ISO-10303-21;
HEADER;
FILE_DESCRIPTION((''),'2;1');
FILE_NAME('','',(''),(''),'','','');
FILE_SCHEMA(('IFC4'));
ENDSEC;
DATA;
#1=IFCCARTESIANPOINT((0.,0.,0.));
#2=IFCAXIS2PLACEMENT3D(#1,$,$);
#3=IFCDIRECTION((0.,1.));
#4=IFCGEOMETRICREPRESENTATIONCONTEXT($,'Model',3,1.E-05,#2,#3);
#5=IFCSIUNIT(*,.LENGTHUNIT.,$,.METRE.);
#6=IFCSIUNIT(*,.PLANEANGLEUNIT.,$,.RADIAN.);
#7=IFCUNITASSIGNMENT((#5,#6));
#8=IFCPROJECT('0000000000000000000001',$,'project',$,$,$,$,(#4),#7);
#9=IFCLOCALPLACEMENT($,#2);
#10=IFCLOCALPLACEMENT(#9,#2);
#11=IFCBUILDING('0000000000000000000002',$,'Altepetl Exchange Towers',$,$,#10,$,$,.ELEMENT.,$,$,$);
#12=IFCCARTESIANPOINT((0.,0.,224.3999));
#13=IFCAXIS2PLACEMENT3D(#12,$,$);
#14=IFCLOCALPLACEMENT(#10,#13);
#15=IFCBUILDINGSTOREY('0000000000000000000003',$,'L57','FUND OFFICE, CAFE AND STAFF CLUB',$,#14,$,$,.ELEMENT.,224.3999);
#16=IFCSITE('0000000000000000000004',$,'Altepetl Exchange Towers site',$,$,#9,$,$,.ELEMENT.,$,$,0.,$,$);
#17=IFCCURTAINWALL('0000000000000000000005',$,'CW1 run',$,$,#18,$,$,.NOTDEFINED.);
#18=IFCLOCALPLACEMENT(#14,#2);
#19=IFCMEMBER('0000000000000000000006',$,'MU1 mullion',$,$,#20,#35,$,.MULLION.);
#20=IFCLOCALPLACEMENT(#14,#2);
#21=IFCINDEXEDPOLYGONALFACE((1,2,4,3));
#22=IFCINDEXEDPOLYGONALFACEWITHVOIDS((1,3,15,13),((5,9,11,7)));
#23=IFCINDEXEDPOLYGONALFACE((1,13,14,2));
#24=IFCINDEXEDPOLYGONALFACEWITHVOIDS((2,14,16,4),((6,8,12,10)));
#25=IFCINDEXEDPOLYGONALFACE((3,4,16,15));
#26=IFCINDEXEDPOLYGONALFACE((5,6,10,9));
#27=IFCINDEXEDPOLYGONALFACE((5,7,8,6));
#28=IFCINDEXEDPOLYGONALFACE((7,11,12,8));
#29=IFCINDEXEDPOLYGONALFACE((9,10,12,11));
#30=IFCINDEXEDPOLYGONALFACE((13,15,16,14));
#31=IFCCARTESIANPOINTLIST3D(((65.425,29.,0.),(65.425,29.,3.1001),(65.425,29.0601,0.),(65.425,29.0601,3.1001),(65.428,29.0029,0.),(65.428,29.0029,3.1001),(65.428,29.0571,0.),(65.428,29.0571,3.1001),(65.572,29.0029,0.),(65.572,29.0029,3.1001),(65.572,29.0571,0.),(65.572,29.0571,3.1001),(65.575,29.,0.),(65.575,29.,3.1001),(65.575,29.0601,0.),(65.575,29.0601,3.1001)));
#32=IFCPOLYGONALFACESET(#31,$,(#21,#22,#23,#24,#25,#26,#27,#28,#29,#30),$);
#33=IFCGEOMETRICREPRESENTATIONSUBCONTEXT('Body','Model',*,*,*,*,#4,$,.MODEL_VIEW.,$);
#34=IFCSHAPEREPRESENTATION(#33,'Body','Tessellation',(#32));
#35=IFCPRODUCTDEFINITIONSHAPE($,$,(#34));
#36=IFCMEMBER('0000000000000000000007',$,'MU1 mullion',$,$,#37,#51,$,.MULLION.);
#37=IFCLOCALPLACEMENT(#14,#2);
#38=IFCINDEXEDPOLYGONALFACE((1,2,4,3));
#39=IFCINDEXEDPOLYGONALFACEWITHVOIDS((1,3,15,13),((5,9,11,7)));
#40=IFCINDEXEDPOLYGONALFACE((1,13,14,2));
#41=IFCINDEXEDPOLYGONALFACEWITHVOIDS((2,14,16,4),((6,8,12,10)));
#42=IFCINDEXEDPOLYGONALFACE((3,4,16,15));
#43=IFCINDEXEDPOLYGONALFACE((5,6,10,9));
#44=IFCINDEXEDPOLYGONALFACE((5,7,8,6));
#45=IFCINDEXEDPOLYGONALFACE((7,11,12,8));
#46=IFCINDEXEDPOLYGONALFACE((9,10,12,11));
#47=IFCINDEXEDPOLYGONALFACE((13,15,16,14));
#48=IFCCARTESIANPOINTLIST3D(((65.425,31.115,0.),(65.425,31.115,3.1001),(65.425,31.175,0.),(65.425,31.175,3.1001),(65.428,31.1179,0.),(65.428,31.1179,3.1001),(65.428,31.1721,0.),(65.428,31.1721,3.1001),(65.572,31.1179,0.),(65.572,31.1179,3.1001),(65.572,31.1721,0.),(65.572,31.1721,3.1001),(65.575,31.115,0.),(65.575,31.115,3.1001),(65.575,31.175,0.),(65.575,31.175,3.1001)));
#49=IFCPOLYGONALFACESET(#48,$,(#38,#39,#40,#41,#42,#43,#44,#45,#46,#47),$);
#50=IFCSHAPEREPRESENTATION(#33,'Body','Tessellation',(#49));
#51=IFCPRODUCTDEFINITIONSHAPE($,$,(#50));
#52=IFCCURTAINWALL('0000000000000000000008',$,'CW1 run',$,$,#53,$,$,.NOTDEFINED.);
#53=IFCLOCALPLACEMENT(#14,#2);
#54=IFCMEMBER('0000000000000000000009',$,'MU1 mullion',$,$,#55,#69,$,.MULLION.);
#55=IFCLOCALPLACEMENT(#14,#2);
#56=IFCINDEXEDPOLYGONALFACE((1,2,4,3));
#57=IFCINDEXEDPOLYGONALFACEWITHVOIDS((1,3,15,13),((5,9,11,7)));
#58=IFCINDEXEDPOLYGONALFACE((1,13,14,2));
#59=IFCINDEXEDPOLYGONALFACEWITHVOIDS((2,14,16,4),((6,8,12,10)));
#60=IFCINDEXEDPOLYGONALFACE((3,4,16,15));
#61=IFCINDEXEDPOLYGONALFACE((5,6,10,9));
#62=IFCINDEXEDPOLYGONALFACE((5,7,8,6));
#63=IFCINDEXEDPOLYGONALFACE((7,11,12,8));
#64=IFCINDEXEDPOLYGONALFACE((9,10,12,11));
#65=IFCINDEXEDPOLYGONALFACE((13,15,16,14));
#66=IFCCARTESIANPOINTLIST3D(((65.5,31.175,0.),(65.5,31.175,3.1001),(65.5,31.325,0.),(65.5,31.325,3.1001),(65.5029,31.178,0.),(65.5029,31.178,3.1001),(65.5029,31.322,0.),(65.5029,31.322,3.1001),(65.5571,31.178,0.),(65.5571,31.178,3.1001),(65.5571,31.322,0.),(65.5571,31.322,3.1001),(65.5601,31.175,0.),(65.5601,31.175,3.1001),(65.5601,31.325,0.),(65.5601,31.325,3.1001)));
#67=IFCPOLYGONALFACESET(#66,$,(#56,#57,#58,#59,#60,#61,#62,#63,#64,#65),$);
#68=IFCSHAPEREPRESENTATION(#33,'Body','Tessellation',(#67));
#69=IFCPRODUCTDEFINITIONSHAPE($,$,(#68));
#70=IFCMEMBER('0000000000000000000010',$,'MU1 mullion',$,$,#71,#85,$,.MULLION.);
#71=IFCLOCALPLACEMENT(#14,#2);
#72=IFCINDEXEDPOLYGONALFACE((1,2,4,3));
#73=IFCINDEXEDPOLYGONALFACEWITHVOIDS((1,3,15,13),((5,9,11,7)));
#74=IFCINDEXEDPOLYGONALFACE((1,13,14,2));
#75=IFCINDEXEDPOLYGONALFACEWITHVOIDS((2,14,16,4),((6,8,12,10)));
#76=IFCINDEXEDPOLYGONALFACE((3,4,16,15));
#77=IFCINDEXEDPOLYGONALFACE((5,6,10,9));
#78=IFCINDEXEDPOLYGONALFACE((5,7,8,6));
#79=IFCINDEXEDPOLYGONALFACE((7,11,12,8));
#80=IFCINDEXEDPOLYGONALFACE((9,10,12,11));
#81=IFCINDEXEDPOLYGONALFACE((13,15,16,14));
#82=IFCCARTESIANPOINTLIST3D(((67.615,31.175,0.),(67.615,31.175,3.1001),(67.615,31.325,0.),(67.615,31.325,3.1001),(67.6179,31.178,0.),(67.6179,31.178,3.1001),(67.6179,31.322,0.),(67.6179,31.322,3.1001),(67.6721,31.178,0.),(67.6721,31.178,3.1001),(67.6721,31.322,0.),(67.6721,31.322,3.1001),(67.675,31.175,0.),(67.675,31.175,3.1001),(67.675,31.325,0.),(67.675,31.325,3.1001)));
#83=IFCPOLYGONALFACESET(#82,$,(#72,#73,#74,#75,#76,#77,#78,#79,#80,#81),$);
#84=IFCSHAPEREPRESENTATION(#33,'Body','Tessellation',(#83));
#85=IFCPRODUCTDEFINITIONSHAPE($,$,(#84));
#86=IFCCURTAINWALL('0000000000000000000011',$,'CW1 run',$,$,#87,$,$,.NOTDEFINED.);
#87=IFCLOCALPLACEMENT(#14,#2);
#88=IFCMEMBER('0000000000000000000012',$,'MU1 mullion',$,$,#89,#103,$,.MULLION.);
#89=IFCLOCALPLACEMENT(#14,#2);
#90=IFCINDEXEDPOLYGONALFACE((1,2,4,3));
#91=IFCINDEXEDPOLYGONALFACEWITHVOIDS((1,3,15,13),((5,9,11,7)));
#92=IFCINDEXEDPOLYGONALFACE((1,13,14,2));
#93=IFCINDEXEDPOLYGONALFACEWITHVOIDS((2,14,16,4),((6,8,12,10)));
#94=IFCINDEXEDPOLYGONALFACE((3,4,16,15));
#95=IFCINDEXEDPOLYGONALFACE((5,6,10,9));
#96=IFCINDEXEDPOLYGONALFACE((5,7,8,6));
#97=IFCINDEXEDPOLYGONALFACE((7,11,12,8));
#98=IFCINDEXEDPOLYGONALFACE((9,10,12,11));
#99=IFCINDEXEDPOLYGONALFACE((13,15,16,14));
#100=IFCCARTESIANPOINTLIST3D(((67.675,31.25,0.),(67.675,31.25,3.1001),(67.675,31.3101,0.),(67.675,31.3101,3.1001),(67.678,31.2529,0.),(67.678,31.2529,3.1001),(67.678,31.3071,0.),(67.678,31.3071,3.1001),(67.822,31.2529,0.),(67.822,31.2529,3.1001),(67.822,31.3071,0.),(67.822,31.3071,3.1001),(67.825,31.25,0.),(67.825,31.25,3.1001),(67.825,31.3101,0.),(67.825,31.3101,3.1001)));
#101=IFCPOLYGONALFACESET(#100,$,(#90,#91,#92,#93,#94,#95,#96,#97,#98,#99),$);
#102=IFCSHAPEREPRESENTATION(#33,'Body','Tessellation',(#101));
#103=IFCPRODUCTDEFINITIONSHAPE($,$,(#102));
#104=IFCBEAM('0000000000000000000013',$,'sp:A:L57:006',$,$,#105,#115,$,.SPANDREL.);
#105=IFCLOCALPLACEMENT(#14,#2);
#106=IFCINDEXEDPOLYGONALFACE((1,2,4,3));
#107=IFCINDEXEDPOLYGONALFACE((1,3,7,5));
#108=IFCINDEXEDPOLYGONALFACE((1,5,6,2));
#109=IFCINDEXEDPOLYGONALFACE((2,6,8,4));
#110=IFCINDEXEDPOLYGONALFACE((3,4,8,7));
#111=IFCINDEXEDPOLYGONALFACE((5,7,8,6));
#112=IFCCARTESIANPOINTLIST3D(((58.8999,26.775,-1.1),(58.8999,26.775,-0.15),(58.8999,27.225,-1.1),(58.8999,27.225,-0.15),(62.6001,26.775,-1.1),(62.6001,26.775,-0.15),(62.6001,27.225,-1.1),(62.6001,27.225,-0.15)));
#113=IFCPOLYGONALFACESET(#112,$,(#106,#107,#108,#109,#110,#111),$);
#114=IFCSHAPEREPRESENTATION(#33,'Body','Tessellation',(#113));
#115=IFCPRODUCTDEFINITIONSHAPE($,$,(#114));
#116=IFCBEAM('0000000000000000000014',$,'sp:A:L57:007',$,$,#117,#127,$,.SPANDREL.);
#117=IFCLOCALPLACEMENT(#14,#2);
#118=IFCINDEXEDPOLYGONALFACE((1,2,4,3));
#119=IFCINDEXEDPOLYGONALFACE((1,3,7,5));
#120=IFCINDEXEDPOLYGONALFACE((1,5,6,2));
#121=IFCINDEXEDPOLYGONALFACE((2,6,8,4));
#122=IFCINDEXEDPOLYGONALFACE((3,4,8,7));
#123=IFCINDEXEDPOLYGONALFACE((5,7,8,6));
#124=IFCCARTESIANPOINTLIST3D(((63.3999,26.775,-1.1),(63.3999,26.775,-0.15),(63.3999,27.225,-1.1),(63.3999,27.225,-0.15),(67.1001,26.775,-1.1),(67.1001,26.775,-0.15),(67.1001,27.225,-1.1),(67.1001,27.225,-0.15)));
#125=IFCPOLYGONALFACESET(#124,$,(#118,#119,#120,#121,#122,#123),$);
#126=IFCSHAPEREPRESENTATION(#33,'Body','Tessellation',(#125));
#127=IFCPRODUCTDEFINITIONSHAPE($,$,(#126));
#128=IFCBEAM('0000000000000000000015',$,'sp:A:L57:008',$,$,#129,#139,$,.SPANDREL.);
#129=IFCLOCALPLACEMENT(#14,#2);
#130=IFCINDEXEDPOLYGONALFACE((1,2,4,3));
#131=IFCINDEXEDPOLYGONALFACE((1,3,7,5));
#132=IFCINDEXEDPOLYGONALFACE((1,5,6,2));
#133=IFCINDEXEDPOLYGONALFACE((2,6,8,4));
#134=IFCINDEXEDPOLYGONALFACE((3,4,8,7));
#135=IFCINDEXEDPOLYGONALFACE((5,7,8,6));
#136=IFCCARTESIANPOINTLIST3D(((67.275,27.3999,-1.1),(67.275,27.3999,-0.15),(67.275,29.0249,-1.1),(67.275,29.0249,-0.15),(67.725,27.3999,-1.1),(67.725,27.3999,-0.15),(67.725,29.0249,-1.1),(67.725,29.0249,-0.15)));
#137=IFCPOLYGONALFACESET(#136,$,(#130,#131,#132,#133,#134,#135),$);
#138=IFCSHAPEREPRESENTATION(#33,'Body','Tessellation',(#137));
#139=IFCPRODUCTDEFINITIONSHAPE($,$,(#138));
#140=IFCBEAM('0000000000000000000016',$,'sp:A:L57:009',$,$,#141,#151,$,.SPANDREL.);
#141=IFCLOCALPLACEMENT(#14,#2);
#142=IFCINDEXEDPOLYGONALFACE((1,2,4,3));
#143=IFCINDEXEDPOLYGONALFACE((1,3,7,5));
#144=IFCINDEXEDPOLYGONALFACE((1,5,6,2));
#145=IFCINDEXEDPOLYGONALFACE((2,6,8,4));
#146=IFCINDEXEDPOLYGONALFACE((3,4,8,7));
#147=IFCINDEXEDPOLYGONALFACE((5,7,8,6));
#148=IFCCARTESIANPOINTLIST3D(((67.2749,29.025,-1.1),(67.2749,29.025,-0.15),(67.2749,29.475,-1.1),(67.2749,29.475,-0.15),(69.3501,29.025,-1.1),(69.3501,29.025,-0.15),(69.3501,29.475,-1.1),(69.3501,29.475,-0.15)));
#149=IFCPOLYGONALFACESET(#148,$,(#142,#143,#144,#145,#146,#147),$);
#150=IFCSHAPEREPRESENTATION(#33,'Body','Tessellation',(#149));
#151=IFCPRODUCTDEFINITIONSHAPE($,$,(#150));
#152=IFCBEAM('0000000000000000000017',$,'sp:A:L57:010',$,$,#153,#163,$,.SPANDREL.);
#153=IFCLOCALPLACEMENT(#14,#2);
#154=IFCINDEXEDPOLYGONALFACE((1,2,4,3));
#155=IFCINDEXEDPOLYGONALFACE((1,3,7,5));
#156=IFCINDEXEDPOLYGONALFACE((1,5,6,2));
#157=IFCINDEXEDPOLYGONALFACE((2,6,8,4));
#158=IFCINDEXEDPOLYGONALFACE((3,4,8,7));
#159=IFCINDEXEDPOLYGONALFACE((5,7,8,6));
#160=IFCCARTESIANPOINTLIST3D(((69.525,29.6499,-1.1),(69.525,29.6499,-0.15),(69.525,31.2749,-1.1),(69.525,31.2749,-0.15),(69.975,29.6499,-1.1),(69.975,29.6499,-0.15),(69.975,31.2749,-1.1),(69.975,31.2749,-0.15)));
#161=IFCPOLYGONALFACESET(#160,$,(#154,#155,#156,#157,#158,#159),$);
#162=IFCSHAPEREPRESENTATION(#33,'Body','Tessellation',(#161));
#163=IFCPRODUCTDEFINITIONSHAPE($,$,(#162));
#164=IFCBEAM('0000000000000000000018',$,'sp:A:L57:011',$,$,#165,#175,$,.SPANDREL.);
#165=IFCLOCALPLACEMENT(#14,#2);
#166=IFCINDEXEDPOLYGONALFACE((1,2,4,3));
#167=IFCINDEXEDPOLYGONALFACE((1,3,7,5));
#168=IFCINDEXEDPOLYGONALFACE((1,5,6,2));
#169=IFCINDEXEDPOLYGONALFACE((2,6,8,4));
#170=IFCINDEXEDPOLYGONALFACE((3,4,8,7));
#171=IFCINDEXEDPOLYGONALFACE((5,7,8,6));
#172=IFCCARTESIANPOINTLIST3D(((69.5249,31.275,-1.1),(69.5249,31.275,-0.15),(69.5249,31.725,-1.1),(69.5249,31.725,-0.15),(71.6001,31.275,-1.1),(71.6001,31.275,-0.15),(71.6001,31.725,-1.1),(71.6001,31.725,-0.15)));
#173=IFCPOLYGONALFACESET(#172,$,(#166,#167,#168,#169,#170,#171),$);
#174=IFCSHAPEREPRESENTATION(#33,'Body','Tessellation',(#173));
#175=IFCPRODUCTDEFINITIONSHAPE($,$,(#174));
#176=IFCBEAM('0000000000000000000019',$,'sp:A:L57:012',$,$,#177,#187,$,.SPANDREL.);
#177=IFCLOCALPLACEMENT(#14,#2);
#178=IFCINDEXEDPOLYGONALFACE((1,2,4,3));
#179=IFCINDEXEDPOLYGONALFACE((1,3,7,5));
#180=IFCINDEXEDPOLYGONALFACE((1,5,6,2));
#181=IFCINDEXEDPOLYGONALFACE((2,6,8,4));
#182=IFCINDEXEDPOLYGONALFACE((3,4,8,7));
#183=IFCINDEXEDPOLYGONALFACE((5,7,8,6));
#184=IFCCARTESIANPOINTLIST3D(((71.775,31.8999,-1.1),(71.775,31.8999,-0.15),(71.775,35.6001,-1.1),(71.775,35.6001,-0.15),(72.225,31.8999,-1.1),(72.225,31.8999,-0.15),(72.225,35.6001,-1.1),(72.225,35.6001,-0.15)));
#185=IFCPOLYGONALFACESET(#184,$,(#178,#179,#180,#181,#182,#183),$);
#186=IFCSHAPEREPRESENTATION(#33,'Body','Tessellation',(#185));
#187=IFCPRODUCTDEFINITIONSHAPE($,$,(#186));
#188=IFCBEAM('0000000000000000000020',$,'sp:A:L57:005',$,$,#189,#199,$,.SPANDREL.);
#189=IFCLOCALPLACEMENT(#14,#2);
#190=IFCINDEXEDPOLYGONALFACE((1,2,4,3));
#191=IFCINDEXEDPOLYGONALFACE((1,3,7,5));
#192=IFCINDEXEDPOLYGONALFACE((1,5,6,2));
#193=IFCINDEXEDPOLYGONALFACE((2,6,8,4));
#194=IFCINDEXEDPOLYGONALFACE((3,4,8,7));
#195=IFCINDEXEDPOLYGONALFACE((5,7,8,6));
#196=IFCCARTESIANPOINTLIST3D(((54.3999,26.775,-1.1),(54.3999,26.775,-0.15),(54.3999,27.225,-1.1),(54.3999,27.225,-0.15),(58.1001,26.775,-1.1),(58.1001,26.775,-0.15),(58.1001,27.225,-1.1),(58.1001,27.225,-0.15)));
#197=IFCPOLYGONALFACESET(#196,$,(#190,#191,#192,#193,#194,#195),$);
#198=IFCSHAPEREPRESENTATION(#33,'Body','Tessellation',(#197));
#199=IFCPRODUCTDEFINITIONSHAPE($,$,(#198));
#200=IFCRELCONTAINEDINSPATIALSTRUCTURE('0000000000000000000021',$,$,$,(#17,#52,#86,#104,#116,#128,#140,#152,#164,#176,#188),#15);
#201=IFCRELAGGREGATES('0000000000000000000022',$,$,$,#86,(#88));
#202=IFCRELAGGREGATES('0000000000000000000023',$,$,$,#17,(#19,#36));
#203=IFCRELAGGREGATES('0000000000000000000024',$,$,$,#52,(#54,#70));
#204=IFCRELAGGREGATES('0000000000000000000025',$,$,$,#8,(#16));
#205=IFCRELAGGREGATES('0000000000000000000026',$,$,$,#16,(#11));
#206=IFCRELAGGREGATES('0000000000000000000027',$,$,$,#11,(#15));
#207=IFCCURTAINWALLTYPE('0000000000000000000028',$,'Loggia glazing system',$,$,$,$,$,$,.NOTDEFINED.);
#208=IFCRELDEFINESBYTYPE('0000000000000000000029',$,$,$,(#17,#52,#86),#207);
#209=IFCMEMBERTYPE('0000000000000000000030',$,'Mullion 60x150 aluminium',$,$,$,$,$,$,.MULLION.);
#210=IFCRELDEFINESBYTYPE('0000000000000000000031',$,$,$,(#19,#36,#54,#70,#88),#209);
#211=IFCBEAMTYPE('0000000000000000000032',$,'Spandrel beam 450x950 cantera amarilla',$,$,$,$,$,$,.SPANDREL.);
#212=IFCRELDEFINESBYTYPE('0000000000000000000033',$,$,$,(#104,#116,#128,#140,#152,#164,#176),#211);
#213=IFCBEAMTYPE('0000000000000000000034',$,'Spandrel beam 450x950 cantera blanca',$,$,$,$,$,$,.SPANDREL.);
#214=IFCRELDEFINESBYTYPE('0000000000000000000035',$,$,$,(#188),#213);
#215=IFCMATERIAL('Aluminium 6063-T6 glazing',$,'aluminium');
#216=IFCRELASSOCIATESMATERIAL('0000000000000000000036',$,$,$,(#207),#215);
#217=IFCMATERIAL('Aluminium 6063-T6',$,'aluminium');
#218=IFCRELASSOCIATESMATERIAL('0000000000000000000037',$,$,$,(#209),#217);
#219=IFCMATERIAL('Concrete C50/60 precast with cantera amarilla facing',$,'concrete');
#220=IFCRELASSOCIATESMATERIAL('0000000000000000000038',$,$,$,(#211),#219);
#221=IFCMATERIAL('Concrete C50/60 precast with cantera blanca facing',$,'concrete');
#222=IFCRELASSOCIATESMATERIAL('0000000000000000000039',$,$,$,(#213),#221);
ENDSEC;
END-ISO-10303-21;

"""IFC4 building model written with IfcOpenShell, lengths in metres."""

from ifc_helpers import new_model, si_unit, direction, frame, origin, origin_2d, place, context, subcontext, project, spatial, rectangle, hollow_rectangle, extrude, material, material_profile, profile_set, type_object, element, aggregate, save


model = new_model("IFC4")

# Units and contexts
model_context = context("Model", 3, precision=1e-05, world=origin(), true_north=direction((0.0, 1.0)))
body_context = subcontext(model_context, "Body", "Model", "MODEL_VIEW")
ifc_project = project(units=[si_unit("LENGTHUNIT", "METRE"), si_unit("PLANEANGLEUNIT", "RADIAN")], contexts=[model_context])

# Site, building, storey
site_placement = place(None, origin())
site = spatial("IfcSite", under=ifc_project, at=site_placement, Name="Altepetl Exchange Towers site", CompositionType="ELEMENT", RefElevation=0.0)
building_placement = place(site_placement, origin())
building = spatial("IfcBuilding", under=site, at=building_placement, Name="Altepetl Exchange Towers", CompositionType="ELEMENT")
storey_placement = place(building_placement, frame((0.0, 0.0, 224.3999)))
storey = spatial("IfcBuildingStorey", under=building, at=storey_placement, Name="L57", Description="FUND OFFICE, CAFE AND STAFF CLUB", CompositionType="ELEMENT", Elevation=224.3999)

# Curtain walls, members
ifc_material_1 = material(Name="Aluminium 6063-T6 glazing", Category="aluminium")
curtain_wall_type = type_object("IfcCurtainWallType", Name="Loggia glazing system", PredefinedType="NOTDEFINED", material=ifc_material_1)
ifc_material_2 = material(Name="Aluminium 6063-T6", Category="aluminium")
ifc_material_profile_1 = material_profile(ifc_material_2, hollow_rectangle(XDim=0.0601, YDim=0.1499, WallThickness=0.0029, at=origin_2d()), Name="Mullion 60x150 aluminium")
ifc_profile_set_1 = profile_set([ifc_material_profile_1], Name="Aluminium 6063-T6")
member_type = type_object("IfcMemberType", Name="Mullion 60x150 aluminium", PredefinedType="MULLION", material=ifc_profile_set_1)
curtain_wall_1_placement = place(storey_placement, origin())
curtain_wall_1 = element("IfcCurtainWall", 1, at=curtain_wall_1_placement, inside=storey, type_object=curtain_wall_type, Name="CW1 run", PredefinedType="NOTDEFINED")
member_1_placement = place(storey_placement, frame((65.5, 29.03, 0.0), z_axis=(0.0, 0.0, 1.0), x_axis=(0.0, 1.0, 0.0)))
member_1 = element("IfcMember", 2, at=member_1_placement, type_object=member_type, Name="MU1 mullion", PredefinedType="MULLION", context=body_context, shape_type="SweptSolid", body=[
    extrude(hollow_rectangle(XDim=0.0601, YDim=0.1499, WallThickness=0.0029, at=origin_2d()), origin(), (0.0, 0.0, 1.0), 3.1001),
])
member_2_placement = place(storey_placement, frame((65.5, 31.145, 0.0), z_axis=(0.0, 0.0, 1.0), x_axis=(0.0, 1.0, 0.0)))
member_2 = element("IfcMember", 3, at=member_2_placement, type_object=member_type, Name="MU1 mullion", PredefinedType="MULLION", context=body_context, shape_type="SweptSolid", body=[
    extrude(hollow_rectangle(XDim=0.0601, YDim=0.1499, WallThickness=0.0029, at=origin_2d()), origin(), (0.0, 0.0, 1.0), 3.1001),
])
curtain_wall_2_placement = place(storey_placement, origin())
curtain_wall_2 = element("IfcCurtainWall", 4, at=curtain_wall_2_placement, inside=storey, type_object=curtain_wall_type, Name="CW1 run", PredefinedType="NOTDEFINED")
member_3_placement = place(storey_placement, frame((65.53, 31.25, 0.0)))
member_3 = element("IfcMember", 5, at=member_3_placement, type_object=member_type, Name="MU1 mullion", PredefinedType="MULLION", context=body_context, shape_type="SweptSolid", body=[
    extrude(hollow_rectangle(XDim=0.0601, YDim=0.1499, WallThickness=0.0029, at=origin_2d()), origin(), (0.0, 0.0, 1.0), 3.1001),
])
member_4_placement = place(storey_placement, frame((67.645, 31.25, 0.0)))
member_4 = element("IfcMember", 6, at=member_4_placement, type_object=member_type, Name="MU1 mullion", PredefinedType="MULLION", context=body_context, shape_type="SweptSolid", body=[
    extrude(hollow_rectangle(XDim=0.0601, YDim=0.1499, WallThickness=0.0029, at=origin_2d()), origin(), (0.0, 0.0, 1.0), 3.1001),
])

# Curtain wall, member
curtain_wall_3_placement = place(storey_placement, origin())
curtain_wall_3 = element("IfcCurtainWall", 7, at=curtain_wall_3_placement, inside=storey, type_object=curtain_wall_type, Name="CW1 run", PredefinedType="NOTDEFINED")
member_5_placement = place(storey_placement, frame((67.75, 31.28, 0.0), z_axis=(0.0, 0.0, 1.0), x_axis=(0.0, 1.0, 0.0)))
member_5 = element("IfcMember", 8, at=member_5_placement, type_object=member_type, Name="MU1 mullion", PredefinedType="MULLION", context=body_context, shape_type="SweptSolid", body=[
    extrude(hollow_rectangle(XDim=0.0601, YDim=0.1499, WallThickness=0.0029, at=origin_2d()), origin(), (0.0, 0.0, 1.0), 3.1001),
])
aggregate(curtain_wall_3, [member_5])

# Beams
ifc_material_3 = material(Name="Concrete C50/60 precast with cantera amarilla facing", Category="concrete")
ifc_material_profile_2 = material_profile(ifc_material_3, rectangle(XDim=0.45, YDim=0.95, at=origin_2d()), Name="450 x 950")
ifc_profile_set_2 = profile_set([ifc_material_profile_2], Name="Concrete C50/60 precast with cantera amarilla facing")
beam_type_1 = type_object("IfcBeamType", Name="Spandrel beam 450x950 cantera amarilla", PredefinedType="SPANDREL", material=ifc_profile_set_2)
for number, where, z_axis, x_axis, name in (
    (9, (58.8999, 27.0, -0.625), (1.0, 0.0, 0.0), (0.0, 1.0, 0.0), "sp:A:L57:006"),
    (10, (63.3999, 27.0, -0.625), (1.0, 0.0, 0.0), (0.0, 1.0, 0.0), "sp:A:L57:007"),
):
    element("IfcBeam", number, at=place(storey_placement, frame(where, z_axis=z_axis, x_axis=x_axis)), inside=storey, type_object=beam_type_1, Name=name, PredefinedType="SPANDREL", context=body_context, shape_type="SweptSolid", body=[
        extrude(rectangle(XDim=0.45, YDim=0.95, at=origin_2d()), origin(), (0.0, 0.0, 1.0), 3.7002),
    ])
beam_1_placement = place(storey_placement, frame((67.5, 27.3999, -0.625), z_axis=(0.0, 1.0, 0.0), x_axis=(-1.0, 0.0, 0.0)))
element("IfcBeam", 11, at=beam_1_placement, inside=storey, type_object=beam_type_1, Name="sp:A:L57:008", PredefinedType="SPANDREL", context=body_context, shape_type="SweptSolid", body=[
    extrude(rectangle(XDim=0.45, YDim=0.95, at=origin_2d()), origin(), (0.0, 0.0, 1.0), 1.625),
])
beam_2_placement = place(storey_placement, frame((67.2749, 29.25, -0.625), z_axis=(1.0, 0.0, 0.0), x_axis=(0.0, 1.0, 0.0)))
element("IfcBeam", 12, at=beam_2_placement, inside=storey, type_object=beam_type_1, Name="sp:A:L57:009", PredefinedType="SPANDREL", context=body_context, shape_type="SweptSolid", body=[
    extrude(rectangle(XDim=0.45, YDim=0.95, at=origin_2d()), origin(), (0.0, 0.0, 1.0), 2.0752),
])
beam_3_placement = place(storey_placement, frame((69.75, 29.6499, -0.625), z_axis=(0.0, 1.0, 0.0), x_axis=(-1.0, 0.0, 0.0)))
element("IfcBeam", 13, at=beam_3_placement, inside=storey, type_object=beam_type_1, Name="sp:A:L57:010", PredefinedType="SPANDREL", context=body_context, shape_type="SweptSolid", body=[
    extrude(rectangle(XDim=0.45, YDim=0.95, at=origin_2d()), origin(), (0.0, 0.0, 1.0), 1.625),
])
beam_4_placement = place(storey_placement, frame((69.5249, 31.5, -0.625), z_axis=(1.0, 0.0, 0.0), x_axis=(0.0, 1.0, 0.0)))
element("IfcBeam", 14, at=beam_4_placement, inside=storey, type_object=beam_type_1, Name="sp:A:L57:011", PredefinedType="SPANDREL", context=body_context, shape_type="SweptSolid", body=[
    extrude(rectangle(XDim=0.45, YDim=0.95, at=origin_2d()), origin(), (0.0, 0.0, 1.0), 2.0752),
])
beam_5_placement = place(storey_placement, frame((72.0, 31.8999, -0.625), z_axis=(0.0, 1.0, 0.0), x_axis=(-1.0, 0.0, 0.0)))
element("IfcBeam", 15, at=beam_5_placement, inside=storey, type_object=beam_type_1, Name="sp:A:L57:012", PredefinedType="SPANDREL", context=body_context, shape_type="SweptSolid", body=[
    extrude(rectangle(XDim=0.45, YDim=0.95, at=origin_2d()), origin(), (0.0, 0.0, 1.0), 3.7002),
])
ifc_material_4 = material(Name="Concrete C50/60 precast with cantera blanca facing", Category="concrete")
ifc_material_profile_3 = material_profile(ifc_material_4, rectangle(XDim=0.45, YDim=0.95, at=origin_2d()), Name="450 x 950")
ifc_profile_set_3 = profile_set([ifc_material_profile_3], Name="Concrete C50/60 precast with cantera blanca facing")
beam_type_2 = type_object("IfcBeamType", Name="Spandrel beam 450x950 cantera blanca", PredefinedType="SPANDREL", material=ifc_profile_set_3)
beam_6_placement = place(storey_placement, frame((54.3999, 27.0, -0.625), z_axis=(1.0, 0.0, 0.0), x_axis=(0.0, 1.0, 0.0)))
element("IfcBeam", 16, at=beam_6_placement, inside=storey, type_object=beam_type_2, Name="sp:A:L57:005", PredefinedType="SPANDREL", context=body_context, shape_type="SweptSolid", body=[
    extrude(rectangle(XDim=0.45, YDim=0.95, at=origin_2d()), origin(), (0.0, 0.0, 1.0), 3.7002),
])

aggregate(curtain_wall_1, [member_1, member_2])
aggregate(curtain_wall_2, [member_3, member_4])

save(model, "model.ifc")
